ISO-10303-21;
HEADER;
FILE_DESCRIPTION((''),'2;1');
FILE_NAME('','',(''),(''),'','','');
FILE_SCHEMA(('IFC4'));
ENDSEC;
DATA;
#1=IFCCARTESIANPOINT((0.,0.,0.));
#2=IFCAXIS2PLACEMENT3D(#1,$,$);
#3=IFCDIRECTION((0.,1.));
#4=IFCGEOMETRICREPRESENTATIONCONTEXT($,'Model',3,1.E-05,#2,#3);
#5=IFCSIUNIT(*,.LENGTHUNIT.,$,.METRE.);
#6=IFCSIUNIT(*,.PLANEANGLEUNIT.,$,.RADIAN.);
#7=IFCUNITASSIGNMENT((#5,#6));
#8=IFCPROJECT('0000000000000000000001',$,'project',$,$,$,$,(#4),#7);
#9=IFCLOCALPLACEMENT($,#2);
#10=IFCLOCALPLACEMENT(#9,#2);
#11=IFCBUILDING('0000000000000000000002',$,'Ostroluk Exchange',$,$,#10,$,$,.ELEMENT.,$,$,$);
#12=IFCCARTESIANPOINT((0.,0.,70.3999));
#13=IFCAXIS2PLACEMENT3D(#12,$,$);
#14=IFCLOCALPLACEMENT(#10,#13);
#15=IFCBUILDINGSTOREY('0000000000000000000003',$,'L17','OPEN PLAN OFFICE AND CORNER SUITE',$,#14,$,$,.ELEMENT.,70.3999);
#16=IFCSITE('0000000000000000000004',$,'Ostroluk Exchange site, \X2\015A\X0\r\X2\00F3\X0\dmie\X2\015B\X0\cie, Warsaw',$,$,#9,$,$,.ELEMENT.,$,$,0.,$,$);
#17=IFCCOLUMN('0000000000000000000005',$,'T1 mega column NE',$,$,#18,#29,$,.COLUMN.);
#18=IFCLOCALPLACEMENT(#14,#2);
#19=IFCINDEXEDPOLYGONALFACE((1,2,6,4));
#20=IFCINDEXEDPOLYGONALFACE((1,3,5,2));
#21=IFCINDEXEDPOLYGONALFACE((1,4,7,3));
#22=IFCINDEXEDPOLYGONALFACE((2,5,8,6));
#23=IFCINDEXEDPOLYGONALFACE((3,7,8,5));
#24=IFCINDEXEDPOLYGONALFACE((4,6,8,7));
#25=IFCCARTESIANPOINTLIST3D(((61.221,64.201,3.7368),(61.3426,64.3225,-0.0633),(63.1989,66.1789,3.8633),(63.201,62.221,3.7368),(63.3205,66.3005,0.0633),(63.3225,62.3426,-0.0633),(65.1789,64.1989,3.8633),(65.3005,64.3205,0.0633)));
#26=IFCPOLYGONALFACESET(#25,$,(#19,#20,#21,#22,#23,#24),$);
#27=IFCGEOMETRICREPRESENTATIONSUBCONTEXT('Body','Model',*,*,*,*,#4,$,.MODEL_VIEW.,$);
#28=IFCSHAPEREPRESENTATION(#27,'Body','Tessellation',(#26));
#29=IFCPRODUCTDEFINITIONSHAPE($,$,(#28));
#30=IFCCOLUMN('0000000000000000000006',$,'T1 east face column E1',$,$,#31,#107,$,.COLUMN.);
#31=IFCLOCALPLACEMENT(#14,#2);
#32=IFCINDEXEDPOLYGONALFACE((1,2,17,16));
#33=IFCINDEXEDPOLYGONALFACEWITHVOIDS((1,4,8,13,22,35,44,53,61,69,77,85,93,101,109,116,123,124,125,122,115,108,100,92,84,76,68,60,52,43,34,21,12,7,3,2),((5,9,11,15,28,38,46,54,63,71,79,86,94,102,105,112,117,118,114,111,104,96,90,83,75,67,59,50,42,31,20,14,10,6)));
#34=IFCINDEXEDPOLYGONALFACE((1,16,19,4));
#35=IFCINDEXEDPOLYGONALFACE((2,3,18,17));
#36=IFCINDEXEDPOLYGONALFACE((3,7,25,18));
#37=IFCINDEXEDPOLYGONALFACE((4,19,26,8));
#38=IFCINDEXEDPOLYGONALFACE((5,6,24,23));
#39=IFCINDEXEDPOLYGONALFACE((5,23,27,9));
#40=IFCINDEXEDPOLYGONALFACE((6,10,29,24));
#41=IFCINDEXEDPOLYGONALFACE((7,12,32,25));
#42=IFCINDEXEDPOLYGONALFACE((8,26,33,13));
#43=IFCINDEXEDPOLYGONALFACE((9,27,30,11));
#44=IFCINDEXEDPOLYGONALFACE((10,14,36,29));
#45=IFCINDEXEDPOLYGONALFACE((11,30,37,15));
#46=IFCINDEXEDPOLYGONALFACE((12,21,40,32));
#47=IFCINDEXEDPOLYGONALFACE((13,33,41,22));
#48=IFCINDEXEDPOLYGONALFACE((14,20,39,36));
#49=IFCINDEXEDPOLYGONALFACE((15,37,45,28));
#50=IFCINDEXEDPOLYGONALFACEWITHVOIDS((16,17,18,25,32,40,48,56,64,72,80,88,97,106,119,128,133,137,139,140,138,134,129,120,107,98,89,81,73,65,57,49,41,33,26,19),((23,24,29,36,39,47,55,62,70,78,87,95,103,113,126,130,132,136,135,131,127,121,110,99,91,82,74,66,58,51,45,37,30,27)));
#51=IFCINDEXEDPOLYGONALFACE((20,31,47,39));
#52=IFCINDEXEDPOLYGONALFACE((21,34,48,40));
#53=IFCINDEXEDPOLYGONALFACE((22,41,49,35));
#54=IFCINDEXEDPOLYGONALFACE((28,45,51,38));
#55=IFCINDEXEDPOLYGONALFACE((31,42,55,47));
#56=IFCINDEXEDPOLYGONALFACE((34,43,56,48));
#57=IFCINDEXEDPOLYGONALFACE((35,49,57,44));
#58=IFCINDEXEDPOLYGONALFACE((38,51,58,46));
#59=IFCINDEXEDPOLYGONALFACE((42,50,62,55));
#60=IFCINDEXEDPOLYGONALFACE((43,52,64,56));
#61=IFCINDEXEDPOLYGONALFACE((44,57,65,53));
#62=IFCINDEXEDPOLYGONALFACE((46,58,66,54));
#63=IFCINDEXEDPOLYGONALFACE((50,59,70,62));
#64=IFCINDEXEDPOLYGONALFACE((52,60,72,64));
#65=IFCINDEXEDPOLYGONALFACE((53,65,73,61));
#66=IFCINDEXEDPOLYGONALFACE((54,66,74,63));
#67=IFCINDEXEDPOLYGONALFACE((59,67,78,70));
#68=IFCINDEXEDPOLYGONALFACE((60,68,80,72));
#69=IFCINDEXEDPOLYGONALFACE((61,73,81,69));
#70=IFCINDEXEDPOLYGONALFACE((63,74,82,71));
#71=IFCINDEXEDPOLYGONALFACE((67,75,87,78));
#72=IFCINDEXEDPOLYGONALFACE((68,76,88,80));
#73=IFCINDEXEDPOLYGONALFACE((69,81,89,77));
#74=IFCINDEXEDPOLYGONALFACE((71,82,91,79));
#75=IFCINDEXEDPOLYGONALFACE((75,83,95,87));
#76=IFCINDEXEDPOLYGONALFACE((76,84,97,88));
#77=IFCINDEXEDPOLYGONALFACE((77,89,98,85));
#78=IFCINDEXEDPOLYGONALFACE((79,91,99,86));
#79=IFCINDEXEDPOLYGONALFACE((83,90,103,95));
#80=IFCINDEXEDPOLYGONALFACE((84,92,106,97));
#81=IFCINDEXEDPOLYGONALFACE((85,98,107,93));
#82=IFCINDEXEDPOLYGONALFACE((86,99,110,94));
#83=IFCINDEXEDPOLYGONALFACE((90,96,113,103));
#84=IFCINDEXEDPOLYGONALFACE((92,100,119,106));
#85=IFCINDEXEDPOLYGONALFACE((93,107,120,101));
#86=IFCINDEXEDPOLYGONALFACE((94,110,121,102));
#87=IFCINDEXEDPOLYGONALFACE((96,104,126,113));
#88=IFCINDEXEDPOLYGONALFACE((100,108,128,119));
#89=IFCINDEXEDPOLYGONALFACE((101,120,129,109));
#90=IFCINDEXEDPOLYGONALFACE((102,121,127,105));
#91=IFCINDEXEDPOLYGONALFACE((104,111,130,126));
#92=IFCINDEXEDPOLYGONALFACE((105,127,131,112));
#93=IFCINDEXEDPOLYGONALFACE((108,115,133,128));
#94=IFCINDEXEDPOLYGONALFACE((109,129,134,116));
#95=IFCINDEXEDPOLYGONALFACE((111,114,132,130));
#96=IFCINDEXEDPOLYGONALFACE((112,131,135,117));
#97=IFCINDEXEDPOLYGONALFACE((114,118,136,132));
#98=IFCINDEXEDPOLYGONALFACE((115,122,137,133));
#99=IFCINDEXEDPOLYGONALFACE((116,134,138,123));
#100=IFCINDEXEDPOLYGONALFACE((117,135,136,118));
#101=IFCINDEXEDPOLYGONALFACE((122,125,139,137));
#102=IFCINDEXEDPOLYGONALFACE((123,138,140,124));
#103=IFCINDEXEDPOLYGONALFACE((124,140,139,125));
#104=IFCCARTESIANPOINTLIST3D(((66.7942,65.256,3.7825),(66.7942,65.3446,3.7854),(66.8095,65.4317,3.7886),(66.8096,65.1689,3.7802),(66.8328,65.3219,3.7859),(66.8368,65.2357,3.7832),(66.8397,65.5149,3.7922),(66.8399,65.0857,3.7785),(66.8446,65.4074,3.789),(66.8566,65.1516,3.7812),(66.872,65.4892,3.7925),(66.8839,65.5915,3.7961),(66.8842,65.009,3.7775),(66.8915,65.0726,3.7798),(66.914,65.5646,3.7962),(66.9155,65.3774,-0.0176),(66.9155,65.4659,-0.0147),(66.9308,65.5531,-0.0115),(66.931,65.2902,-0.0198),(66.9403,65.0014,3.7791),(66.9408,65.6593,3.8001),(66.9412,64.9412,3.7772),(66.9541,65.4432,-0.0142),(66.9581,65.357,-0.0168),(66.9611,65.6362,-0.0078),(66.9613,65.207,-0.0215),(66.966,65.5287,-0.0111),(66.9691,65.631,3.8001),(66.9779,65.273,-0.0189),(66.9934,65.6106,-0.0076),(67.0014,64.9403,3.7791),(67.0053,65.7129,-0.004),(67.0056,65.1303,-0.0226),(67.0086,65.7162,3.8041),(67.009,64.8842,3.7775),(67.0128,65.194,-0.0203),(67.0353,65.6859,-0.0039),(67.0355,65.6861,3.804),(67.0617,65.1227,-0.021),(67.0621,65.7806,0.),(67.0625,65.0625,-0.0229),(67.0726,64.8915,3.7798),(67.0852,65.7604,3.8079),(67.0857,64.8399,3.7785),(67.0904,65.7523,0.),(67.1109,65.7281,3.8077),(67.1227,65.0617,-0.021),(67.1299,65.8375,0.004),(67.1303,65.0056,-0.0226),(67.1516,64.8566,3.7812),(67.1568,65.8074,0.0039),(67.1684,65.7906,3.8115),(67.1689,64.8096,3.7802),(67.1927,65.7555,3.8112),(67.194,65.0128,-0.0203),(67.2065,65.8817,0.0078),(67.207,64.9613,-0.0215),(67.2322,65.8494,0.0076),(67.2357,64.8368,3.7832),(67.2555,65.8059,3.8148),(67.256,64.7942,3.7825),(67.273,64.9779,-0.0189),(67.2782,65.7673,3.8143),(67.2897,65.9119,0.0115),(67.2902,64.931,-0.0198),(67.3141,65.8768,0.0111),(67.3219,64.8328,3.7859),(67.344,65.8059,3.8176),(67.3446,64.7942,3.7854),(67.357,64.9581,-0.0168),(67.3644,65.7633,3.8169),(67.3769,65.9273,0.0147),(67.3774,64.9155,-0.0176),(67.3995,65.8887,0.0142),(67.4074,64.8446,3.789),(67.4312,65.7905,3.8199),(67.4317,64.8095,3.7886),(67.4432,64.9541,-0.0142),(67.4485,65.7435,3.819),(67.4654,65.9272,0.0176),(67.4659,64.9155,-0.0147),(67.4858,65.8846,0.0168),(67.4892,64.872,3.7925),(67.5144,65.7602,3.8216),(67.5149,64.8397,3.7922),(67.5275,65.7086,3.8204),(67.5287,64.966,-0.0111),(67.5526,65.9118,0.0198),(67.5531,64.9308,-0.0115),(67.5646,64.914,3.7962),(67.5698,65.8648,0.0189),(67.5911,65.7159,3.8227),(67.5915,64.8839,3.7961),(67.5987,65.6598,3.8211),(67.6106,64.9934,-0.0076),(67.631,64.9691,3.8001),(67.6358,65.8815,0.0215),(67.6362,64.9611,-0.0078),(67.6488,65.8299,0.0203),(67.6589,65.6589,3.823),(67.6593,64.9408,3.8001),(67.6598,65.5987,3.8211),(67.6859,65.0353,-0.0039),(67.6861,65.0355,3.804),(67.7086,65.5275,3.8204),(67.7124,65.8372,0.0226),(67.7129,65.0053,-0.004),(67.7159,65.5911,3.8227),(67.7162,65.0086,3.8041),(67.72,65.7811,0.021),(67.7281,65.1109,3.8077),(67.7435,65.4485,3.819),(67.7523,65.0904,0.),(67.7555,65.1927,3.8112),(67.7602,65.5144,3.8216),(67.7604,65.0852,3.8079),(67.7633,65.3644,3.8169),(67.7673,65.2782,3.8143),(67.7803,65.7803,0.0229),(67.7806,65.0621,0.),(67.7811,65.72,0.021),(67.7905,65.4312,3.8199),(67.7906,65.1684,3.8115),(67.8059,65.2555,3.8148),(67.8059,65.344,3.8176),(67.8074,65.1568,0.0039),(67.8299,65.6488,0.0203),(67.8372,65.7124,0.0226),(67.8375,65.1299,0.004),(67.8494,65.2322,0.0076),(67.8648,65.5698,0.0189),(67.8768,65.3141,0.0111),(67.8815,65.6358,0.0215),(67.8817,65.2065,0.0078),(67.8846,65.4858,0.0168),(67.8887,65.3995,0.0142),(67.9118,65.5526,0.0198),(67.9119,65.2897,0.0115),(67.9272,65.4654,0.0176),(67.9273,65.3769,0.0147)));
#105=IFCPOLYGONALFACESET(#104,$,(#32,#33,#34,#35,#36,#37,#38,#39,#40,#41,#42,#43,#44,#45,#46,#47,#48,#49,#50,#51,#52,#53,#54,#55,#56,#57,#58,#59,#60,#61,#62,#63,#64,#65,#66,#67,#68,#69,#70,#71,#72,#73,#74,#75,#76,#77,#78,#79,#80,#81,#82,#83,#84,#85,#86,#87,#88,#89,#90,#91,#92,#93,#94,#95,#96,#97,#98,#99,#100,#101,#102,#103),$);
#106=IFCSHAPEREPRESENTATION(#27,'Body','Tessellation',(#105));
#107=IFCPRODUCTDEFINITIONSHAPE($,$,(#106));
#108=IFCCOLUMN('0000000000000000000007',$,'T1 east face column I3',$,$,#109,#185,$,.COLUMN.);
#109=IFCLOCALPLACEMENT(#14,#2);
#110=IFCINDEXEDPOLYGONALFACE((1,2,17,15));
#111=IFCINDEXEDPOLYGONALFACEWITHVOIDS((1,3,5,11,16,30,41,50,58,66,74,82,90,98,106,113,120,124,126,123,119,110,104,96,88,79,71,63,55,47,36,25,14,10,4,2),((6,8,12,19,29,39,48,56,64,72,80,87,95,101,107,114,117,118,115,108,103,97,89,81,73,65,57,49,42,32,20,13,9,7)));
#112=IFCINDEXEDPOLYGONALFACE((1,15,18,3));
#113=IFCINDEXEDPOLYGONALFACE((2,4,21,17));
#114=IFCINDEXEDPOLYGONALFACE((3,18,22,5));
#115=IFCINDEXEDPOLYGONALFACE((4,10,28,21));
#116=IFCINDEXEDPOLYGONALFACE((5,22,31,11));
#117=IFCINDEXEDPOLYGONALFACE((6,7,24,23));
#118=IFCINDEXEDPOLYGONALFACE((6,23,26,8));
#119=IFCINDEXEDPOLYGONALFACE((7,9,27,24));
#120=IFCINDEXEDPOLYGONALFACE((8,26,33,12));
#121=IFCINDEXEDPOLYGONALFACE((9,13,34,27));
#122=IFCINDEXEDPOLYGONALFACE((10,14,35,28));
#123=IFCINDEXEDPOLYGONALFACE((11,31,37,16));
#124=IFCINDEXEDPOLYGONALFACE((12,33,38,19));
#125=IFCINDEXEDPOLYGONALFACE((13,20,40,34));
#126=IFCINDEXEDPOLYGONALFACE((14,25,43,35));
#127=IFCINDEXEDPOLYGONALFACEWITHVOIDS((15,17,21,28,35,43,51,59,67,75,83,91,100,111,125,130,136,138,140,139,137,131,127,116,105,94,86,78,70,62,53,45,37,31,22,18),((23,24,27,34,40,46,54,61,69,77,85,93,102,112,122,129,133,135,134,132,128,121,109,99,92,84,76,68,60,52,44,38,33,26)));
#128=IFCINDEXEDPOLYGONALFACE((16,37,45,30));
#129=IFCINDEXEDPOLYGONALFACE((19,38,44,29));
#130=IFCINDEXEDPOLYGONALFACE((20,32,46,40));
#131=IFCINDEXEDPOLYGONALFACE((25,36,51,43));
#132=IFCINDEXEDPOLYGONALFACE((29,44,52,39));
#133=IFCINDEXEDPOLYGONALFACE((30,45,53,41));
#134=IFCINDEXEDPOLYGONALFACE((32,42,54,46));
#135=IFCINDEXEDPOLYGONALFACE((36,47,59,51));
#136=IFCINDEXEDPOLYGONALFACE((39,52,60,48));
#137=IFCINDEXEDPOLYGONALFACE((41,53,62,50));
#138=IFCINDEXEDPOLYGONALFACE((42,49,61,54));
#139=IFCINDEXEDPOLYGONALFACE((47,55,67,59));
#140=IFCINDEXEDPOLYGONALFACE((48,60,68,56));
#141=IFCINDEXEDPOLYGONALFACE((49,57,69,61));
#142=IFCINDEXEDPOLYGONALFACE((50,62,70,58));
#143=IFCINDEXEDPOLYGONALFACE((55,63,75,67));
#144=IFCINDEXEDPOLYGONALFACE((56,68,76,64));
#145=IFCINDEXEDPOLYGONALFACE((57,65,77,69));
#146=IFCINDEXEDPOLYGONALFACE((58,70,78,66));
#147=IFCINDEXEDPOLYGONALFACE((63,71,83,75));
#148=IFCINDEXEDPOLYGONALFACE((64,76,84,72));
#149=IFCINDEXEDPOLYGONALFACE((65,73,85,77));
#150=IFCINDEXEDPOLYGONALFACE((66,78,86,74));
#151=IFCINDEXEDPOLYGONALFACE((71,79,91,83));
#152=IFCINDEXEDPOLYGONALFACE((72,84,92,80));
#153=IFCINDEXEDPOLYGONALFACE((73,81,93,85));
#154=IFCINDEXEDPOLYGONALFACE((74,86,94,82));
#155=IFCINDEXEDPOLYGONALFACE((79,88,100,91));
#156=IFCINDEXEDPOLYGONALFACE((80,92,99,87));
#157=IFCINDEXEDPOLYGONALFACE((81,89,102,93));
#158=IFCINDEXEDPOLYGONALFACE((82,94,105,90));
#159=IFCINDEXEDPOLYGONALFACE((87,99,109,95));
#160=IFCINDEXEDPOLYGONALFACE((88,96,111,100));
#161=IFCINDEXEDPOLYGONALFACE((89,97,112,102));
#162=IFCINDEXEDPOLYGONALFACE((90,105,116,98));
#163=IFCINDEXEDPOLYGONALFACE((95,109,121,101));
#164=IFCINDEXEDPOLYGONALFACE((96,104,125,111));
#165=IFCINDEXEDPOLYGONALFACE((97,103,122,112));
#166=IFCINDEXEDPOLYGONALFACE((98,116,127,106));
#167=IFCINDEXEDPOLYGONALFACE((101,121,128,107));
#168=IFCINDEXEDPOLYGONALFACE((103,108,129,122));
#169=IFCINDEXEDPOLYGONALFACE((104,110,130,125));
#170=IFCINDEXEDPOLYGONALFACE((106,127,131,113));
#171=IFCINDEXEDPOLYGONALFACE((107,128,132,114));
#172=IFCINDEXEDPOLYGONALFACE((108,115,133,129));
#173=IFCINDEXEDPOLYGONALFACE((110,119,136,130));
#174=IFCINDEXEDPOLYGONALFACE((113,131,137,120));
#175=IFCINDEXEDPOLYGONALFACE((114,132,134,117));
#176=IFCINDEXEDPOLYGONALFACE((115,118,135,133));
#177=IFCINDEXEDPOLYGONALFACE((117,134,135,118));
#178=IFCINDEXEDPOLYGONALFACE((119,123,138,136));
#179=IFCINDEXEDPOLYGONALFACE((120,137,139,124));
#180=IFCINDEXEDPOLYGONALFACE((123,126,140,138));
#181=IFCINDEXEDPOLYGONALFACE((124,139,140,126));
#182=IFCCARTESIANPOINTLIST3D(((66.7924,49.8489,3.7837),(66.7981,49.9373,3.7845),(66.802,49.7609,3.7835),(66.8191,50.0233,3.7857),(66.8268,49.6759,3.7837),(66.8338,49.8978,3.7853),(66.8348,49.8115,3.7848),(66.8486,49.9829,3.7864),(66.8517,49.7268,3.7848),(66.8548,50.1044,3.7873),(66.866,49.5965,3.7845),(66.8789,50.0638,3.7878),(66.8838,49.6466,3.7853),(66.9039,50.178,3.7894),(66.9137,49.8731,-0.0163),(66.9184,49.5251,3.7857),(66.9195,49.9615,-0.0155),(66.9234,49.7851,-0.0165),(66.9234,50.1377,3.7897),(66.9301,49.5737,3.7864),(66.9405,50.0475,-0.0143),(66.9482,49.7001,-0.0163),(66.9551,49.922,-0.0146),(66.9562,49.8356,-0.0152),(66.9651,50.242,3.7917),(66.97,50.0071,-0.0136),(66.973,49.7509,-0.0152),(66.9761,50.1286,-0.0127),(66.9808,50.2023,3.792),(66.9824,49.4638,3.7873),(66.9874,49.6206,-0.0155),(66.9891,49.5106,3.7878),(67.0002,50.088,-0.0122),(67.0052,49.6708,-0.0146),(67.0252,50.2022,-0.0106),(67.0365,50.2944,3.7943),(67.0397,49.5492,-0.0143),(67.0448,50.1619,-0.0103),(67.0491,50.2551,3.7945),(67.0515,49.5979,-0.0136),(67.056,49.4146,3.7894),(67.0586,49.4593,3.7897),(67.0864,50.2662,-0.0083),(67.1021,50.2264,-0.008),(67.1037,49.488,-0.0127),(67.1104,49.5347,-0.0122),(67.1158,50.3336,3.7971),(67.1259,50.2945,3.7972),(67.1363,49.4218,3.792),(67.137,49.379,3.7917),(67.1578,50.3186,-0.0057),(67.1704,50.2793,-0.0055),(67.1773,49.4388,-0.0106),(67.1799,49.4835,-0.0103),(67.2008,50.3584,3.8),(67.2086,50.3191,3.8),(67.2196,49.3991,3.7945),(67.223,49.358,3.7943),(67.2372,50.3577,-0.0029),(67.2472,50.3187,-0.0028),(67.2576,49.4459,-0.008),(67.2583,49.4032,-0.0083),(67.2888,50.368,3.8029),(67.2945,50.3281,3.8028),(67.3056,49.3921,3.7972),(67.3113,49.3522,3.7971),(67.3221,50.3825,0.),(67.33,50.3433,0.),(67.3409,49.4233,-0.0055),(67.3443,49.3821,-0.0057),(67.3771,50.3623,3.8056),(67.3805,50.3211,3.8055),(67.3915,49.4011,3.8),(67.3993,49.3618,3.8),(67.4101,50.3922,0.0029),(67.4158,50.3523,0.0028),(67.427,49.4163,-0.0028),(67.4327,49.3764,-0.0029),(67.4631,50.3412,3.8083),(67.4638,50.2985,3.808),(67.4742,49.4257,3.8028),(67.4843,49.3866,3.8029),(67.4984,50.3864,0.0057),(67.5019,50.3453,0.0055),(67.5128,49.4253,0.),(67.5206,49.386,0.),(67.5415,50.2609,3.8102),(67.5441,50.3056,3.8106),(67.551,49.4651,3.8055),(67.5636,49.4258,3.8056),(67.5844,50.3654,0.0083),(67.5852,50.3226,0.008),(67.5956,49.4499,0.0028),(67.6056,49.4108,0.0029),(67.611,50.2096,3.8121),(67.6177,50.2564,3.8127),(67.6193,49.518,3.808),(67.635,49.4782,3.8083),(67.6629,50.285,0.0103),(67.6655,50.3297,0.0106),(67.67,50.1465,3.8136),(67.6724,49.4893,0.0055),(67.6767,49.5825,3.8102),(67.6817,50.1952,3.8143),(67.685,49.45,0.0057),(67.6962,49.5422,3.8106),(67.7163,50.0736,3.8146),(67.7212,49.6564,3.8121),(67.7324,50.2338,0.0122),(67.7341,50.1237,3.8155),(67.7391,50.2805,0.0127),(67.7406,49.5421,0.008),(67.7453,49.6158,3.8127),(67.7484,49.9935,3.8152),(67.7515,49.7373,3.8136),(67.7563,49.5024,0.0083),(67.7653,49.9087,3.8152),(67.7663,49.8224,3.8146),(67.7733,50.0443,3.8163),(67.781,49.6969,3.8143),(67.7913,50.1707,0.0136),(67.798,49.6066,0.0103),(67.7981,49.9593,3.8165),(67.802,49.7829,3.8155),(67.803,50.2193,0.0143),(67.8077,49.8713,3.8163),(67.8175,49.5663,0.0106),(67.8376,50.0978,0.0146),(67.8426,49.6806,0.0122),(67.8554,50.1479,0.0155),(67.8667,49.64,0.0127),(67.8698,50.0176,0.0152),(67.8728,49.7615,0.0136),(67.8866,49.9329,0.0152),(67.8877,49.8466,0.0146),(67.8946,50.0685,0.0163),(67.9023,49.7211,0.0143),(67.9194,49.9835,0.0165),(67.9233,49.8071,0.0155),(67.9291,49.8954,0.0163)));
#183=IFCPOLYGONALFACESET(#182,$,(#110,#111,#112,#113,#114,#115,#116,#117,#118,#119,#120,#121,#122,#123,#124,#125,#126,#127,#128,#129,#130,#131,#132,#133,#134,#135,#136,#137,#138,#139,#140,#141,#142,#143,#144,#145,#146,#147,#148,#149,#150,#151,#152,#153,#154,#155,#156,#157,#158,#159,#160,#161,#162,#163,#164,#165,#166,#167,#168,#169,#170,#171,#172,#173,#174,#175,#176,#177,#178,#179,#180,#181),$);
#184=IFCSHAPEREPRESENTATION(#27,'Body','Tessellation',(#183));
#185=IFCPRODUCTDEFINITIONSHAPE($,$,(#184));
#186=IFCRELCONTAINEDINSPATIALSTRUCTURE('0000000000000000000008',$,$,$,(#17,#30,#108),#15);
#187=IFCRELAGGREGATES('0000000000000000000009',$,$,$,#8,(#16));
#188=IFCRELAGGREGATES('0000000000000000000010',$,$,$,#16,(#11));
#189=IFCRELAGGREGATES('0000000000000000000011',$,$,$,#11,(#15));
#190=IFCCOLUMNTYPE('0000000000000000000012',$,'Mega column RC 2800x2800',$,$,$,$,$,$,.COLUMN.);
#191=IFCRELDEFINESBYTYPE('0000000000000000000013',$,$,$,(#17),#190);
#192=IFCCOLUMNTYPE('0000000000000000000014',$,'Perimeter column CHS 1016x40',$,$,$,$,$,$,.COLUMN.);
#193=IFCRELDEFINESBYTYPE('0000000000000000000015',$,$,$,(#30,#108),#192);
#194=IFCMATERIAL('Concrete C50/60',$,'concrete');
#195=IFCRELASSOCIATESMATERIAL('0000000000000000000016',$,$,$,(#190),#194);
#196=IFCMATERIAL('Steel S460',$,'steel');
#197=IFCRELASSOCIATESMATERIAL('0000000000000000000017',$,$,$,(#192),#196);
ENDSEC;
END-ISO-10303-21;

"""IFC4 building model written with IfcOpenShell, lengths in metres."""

from ifc_helpers import new_model, si_unit, direction, frame, origin, origin_2d, place, context, subcontext, project, spatial, rectangle, hollow_circle, extrude, material, material_profile, profile_set, type_object, element, save


model = new_model("IFC4")

# Units and contexts
model_context = context("Model", 3, precision=1e-05, world=origin(), true_north=direction((0.0, 1.0)))
body_context = subcontext(model_context, "Body", "Model", "MODEL_VIEW")
ifc_project = project(units=[si_unit("LENGTHUNIT", "METRE"), si_unit("PLANEANGLEUNIT", "RADIAN")], contexts=[model_context])

# Site, building, storey
site_placement = place(None, origin())
site = spatial("IfcSite", under=ifc_project, at=site_placement, Name="Ostroluk Exchange site, Śródmieście, Warsaw", CompositionType="ELEMENT", RefElevation=0.0)
building_placement = place(site_placement, origin())
building = spatial("IfcBuilding", under=site, at=building_placement, Name="Ostroluk Exchange", CompositionType="ELEMENT")
storey_placement = place(building_placement, frame((0.0, 0.0, 70.3999)))
storey = spatial("IfcBuildingStorey", under=building, at=storey_placement, Name="L17", Description="OPEN PLAN OFFICE AND CORNER SUITE", CompositionType="ELEMENT", Elevation=70.3999)

# Columns
ifc_material_1 = material(Name="Concrete C50/60", Category="concrete")
ifc_material_profile_1 = material_profile(ifc_material_1, rectangle(XDim=2.8, YDim=2.8, at=origin_2d()), Name="RC 2800x2800")
ifc_profile_set_1 = profile_set([ifc_material_profile_1], Name="Concrete C50/60")
column_type_1 = type_object("IfcColumnType", Name="Mega column RC 2800x2800", PredefinedType="COLUMN", material=ifc_profile_set_1)
column_1_placement = place(storey_placement, frame((63.3215, 64.3215, 0.0), z_axis=(-0.031962, -0.031962, 0.998978), x_axis=(0.707107, -0.707107, 0.0)))
element("IfcColumn", 1, at=column_1_placement, inside=storey, type_object=column_type_1, Name="T1 mega column NE", PredefinedType="COLUMN", context=body_context, shape_type="SweptSolid", body=[
    extrude(rectangle(XDim=2.8, YDim=2.8, at=origin_2d()), origin(), (0.0, 0.0, 1.0), 3.804),
])
ifc_material_2 = material(Name="Steel S460", Category="steel")
ifc_material_profile_2 = material_profile(ifc_material_2, hollow_circle(Radius=0.5081, WallThickness=0.04, at=origin_2d()), Name="CHS 1016x40")
ifc_profile_set_2 = profile_set([ifc_material_profile_2], Name="Steel S460")
column_type_2 = type_object("IfcColumnType", Name="Perimeter column CHS 1016x40", PredefinedType="COLUMN", material=ifc_profile_set_2)
column_2_placement = place(storey_placement, frame((67.4214, 65.4214, 0.0), z_axis=(-0.031898, -0.031898, 0.998982), x_axis=(0.707107, -0.707107, 0.0)))
element("IfcColumn", 2, at=column_2_placement, inside=storey, type_object=column_type_2, Name="T1 east face column E1", PredefinedType="COLUMN", context=body_context, shape_type="SweptSolid", body=[
    extrude(hollow_circle(Radius=0.5081, WallThickness=0.04, at=origin_2d()), origin(), (0.0, 0.0, 1.0), 3.804),
])
column_3_placement = place(storey_placement, frame((67.4214, 49.8843, 0.0), z_axis=(-0.031914, -0.006357, 0.99947), x_axis=(0.195357, -0.980732, 0.0)))
element("IfcColumn", 3, at=column_3_placement, inside=storey, type_object=column_type_2, Name="T1 east face column I3", PredefinedType="COLUMN", context=body_context, shape_type="SweptSolid", body=[
    extrude(hollow_circle(Radius=0.5081, WallThickness=0.04, at=origin_2d()), origin(), (0.0, 0.0, 1.0), 3.802),
])

save(model, "model.ifc")
